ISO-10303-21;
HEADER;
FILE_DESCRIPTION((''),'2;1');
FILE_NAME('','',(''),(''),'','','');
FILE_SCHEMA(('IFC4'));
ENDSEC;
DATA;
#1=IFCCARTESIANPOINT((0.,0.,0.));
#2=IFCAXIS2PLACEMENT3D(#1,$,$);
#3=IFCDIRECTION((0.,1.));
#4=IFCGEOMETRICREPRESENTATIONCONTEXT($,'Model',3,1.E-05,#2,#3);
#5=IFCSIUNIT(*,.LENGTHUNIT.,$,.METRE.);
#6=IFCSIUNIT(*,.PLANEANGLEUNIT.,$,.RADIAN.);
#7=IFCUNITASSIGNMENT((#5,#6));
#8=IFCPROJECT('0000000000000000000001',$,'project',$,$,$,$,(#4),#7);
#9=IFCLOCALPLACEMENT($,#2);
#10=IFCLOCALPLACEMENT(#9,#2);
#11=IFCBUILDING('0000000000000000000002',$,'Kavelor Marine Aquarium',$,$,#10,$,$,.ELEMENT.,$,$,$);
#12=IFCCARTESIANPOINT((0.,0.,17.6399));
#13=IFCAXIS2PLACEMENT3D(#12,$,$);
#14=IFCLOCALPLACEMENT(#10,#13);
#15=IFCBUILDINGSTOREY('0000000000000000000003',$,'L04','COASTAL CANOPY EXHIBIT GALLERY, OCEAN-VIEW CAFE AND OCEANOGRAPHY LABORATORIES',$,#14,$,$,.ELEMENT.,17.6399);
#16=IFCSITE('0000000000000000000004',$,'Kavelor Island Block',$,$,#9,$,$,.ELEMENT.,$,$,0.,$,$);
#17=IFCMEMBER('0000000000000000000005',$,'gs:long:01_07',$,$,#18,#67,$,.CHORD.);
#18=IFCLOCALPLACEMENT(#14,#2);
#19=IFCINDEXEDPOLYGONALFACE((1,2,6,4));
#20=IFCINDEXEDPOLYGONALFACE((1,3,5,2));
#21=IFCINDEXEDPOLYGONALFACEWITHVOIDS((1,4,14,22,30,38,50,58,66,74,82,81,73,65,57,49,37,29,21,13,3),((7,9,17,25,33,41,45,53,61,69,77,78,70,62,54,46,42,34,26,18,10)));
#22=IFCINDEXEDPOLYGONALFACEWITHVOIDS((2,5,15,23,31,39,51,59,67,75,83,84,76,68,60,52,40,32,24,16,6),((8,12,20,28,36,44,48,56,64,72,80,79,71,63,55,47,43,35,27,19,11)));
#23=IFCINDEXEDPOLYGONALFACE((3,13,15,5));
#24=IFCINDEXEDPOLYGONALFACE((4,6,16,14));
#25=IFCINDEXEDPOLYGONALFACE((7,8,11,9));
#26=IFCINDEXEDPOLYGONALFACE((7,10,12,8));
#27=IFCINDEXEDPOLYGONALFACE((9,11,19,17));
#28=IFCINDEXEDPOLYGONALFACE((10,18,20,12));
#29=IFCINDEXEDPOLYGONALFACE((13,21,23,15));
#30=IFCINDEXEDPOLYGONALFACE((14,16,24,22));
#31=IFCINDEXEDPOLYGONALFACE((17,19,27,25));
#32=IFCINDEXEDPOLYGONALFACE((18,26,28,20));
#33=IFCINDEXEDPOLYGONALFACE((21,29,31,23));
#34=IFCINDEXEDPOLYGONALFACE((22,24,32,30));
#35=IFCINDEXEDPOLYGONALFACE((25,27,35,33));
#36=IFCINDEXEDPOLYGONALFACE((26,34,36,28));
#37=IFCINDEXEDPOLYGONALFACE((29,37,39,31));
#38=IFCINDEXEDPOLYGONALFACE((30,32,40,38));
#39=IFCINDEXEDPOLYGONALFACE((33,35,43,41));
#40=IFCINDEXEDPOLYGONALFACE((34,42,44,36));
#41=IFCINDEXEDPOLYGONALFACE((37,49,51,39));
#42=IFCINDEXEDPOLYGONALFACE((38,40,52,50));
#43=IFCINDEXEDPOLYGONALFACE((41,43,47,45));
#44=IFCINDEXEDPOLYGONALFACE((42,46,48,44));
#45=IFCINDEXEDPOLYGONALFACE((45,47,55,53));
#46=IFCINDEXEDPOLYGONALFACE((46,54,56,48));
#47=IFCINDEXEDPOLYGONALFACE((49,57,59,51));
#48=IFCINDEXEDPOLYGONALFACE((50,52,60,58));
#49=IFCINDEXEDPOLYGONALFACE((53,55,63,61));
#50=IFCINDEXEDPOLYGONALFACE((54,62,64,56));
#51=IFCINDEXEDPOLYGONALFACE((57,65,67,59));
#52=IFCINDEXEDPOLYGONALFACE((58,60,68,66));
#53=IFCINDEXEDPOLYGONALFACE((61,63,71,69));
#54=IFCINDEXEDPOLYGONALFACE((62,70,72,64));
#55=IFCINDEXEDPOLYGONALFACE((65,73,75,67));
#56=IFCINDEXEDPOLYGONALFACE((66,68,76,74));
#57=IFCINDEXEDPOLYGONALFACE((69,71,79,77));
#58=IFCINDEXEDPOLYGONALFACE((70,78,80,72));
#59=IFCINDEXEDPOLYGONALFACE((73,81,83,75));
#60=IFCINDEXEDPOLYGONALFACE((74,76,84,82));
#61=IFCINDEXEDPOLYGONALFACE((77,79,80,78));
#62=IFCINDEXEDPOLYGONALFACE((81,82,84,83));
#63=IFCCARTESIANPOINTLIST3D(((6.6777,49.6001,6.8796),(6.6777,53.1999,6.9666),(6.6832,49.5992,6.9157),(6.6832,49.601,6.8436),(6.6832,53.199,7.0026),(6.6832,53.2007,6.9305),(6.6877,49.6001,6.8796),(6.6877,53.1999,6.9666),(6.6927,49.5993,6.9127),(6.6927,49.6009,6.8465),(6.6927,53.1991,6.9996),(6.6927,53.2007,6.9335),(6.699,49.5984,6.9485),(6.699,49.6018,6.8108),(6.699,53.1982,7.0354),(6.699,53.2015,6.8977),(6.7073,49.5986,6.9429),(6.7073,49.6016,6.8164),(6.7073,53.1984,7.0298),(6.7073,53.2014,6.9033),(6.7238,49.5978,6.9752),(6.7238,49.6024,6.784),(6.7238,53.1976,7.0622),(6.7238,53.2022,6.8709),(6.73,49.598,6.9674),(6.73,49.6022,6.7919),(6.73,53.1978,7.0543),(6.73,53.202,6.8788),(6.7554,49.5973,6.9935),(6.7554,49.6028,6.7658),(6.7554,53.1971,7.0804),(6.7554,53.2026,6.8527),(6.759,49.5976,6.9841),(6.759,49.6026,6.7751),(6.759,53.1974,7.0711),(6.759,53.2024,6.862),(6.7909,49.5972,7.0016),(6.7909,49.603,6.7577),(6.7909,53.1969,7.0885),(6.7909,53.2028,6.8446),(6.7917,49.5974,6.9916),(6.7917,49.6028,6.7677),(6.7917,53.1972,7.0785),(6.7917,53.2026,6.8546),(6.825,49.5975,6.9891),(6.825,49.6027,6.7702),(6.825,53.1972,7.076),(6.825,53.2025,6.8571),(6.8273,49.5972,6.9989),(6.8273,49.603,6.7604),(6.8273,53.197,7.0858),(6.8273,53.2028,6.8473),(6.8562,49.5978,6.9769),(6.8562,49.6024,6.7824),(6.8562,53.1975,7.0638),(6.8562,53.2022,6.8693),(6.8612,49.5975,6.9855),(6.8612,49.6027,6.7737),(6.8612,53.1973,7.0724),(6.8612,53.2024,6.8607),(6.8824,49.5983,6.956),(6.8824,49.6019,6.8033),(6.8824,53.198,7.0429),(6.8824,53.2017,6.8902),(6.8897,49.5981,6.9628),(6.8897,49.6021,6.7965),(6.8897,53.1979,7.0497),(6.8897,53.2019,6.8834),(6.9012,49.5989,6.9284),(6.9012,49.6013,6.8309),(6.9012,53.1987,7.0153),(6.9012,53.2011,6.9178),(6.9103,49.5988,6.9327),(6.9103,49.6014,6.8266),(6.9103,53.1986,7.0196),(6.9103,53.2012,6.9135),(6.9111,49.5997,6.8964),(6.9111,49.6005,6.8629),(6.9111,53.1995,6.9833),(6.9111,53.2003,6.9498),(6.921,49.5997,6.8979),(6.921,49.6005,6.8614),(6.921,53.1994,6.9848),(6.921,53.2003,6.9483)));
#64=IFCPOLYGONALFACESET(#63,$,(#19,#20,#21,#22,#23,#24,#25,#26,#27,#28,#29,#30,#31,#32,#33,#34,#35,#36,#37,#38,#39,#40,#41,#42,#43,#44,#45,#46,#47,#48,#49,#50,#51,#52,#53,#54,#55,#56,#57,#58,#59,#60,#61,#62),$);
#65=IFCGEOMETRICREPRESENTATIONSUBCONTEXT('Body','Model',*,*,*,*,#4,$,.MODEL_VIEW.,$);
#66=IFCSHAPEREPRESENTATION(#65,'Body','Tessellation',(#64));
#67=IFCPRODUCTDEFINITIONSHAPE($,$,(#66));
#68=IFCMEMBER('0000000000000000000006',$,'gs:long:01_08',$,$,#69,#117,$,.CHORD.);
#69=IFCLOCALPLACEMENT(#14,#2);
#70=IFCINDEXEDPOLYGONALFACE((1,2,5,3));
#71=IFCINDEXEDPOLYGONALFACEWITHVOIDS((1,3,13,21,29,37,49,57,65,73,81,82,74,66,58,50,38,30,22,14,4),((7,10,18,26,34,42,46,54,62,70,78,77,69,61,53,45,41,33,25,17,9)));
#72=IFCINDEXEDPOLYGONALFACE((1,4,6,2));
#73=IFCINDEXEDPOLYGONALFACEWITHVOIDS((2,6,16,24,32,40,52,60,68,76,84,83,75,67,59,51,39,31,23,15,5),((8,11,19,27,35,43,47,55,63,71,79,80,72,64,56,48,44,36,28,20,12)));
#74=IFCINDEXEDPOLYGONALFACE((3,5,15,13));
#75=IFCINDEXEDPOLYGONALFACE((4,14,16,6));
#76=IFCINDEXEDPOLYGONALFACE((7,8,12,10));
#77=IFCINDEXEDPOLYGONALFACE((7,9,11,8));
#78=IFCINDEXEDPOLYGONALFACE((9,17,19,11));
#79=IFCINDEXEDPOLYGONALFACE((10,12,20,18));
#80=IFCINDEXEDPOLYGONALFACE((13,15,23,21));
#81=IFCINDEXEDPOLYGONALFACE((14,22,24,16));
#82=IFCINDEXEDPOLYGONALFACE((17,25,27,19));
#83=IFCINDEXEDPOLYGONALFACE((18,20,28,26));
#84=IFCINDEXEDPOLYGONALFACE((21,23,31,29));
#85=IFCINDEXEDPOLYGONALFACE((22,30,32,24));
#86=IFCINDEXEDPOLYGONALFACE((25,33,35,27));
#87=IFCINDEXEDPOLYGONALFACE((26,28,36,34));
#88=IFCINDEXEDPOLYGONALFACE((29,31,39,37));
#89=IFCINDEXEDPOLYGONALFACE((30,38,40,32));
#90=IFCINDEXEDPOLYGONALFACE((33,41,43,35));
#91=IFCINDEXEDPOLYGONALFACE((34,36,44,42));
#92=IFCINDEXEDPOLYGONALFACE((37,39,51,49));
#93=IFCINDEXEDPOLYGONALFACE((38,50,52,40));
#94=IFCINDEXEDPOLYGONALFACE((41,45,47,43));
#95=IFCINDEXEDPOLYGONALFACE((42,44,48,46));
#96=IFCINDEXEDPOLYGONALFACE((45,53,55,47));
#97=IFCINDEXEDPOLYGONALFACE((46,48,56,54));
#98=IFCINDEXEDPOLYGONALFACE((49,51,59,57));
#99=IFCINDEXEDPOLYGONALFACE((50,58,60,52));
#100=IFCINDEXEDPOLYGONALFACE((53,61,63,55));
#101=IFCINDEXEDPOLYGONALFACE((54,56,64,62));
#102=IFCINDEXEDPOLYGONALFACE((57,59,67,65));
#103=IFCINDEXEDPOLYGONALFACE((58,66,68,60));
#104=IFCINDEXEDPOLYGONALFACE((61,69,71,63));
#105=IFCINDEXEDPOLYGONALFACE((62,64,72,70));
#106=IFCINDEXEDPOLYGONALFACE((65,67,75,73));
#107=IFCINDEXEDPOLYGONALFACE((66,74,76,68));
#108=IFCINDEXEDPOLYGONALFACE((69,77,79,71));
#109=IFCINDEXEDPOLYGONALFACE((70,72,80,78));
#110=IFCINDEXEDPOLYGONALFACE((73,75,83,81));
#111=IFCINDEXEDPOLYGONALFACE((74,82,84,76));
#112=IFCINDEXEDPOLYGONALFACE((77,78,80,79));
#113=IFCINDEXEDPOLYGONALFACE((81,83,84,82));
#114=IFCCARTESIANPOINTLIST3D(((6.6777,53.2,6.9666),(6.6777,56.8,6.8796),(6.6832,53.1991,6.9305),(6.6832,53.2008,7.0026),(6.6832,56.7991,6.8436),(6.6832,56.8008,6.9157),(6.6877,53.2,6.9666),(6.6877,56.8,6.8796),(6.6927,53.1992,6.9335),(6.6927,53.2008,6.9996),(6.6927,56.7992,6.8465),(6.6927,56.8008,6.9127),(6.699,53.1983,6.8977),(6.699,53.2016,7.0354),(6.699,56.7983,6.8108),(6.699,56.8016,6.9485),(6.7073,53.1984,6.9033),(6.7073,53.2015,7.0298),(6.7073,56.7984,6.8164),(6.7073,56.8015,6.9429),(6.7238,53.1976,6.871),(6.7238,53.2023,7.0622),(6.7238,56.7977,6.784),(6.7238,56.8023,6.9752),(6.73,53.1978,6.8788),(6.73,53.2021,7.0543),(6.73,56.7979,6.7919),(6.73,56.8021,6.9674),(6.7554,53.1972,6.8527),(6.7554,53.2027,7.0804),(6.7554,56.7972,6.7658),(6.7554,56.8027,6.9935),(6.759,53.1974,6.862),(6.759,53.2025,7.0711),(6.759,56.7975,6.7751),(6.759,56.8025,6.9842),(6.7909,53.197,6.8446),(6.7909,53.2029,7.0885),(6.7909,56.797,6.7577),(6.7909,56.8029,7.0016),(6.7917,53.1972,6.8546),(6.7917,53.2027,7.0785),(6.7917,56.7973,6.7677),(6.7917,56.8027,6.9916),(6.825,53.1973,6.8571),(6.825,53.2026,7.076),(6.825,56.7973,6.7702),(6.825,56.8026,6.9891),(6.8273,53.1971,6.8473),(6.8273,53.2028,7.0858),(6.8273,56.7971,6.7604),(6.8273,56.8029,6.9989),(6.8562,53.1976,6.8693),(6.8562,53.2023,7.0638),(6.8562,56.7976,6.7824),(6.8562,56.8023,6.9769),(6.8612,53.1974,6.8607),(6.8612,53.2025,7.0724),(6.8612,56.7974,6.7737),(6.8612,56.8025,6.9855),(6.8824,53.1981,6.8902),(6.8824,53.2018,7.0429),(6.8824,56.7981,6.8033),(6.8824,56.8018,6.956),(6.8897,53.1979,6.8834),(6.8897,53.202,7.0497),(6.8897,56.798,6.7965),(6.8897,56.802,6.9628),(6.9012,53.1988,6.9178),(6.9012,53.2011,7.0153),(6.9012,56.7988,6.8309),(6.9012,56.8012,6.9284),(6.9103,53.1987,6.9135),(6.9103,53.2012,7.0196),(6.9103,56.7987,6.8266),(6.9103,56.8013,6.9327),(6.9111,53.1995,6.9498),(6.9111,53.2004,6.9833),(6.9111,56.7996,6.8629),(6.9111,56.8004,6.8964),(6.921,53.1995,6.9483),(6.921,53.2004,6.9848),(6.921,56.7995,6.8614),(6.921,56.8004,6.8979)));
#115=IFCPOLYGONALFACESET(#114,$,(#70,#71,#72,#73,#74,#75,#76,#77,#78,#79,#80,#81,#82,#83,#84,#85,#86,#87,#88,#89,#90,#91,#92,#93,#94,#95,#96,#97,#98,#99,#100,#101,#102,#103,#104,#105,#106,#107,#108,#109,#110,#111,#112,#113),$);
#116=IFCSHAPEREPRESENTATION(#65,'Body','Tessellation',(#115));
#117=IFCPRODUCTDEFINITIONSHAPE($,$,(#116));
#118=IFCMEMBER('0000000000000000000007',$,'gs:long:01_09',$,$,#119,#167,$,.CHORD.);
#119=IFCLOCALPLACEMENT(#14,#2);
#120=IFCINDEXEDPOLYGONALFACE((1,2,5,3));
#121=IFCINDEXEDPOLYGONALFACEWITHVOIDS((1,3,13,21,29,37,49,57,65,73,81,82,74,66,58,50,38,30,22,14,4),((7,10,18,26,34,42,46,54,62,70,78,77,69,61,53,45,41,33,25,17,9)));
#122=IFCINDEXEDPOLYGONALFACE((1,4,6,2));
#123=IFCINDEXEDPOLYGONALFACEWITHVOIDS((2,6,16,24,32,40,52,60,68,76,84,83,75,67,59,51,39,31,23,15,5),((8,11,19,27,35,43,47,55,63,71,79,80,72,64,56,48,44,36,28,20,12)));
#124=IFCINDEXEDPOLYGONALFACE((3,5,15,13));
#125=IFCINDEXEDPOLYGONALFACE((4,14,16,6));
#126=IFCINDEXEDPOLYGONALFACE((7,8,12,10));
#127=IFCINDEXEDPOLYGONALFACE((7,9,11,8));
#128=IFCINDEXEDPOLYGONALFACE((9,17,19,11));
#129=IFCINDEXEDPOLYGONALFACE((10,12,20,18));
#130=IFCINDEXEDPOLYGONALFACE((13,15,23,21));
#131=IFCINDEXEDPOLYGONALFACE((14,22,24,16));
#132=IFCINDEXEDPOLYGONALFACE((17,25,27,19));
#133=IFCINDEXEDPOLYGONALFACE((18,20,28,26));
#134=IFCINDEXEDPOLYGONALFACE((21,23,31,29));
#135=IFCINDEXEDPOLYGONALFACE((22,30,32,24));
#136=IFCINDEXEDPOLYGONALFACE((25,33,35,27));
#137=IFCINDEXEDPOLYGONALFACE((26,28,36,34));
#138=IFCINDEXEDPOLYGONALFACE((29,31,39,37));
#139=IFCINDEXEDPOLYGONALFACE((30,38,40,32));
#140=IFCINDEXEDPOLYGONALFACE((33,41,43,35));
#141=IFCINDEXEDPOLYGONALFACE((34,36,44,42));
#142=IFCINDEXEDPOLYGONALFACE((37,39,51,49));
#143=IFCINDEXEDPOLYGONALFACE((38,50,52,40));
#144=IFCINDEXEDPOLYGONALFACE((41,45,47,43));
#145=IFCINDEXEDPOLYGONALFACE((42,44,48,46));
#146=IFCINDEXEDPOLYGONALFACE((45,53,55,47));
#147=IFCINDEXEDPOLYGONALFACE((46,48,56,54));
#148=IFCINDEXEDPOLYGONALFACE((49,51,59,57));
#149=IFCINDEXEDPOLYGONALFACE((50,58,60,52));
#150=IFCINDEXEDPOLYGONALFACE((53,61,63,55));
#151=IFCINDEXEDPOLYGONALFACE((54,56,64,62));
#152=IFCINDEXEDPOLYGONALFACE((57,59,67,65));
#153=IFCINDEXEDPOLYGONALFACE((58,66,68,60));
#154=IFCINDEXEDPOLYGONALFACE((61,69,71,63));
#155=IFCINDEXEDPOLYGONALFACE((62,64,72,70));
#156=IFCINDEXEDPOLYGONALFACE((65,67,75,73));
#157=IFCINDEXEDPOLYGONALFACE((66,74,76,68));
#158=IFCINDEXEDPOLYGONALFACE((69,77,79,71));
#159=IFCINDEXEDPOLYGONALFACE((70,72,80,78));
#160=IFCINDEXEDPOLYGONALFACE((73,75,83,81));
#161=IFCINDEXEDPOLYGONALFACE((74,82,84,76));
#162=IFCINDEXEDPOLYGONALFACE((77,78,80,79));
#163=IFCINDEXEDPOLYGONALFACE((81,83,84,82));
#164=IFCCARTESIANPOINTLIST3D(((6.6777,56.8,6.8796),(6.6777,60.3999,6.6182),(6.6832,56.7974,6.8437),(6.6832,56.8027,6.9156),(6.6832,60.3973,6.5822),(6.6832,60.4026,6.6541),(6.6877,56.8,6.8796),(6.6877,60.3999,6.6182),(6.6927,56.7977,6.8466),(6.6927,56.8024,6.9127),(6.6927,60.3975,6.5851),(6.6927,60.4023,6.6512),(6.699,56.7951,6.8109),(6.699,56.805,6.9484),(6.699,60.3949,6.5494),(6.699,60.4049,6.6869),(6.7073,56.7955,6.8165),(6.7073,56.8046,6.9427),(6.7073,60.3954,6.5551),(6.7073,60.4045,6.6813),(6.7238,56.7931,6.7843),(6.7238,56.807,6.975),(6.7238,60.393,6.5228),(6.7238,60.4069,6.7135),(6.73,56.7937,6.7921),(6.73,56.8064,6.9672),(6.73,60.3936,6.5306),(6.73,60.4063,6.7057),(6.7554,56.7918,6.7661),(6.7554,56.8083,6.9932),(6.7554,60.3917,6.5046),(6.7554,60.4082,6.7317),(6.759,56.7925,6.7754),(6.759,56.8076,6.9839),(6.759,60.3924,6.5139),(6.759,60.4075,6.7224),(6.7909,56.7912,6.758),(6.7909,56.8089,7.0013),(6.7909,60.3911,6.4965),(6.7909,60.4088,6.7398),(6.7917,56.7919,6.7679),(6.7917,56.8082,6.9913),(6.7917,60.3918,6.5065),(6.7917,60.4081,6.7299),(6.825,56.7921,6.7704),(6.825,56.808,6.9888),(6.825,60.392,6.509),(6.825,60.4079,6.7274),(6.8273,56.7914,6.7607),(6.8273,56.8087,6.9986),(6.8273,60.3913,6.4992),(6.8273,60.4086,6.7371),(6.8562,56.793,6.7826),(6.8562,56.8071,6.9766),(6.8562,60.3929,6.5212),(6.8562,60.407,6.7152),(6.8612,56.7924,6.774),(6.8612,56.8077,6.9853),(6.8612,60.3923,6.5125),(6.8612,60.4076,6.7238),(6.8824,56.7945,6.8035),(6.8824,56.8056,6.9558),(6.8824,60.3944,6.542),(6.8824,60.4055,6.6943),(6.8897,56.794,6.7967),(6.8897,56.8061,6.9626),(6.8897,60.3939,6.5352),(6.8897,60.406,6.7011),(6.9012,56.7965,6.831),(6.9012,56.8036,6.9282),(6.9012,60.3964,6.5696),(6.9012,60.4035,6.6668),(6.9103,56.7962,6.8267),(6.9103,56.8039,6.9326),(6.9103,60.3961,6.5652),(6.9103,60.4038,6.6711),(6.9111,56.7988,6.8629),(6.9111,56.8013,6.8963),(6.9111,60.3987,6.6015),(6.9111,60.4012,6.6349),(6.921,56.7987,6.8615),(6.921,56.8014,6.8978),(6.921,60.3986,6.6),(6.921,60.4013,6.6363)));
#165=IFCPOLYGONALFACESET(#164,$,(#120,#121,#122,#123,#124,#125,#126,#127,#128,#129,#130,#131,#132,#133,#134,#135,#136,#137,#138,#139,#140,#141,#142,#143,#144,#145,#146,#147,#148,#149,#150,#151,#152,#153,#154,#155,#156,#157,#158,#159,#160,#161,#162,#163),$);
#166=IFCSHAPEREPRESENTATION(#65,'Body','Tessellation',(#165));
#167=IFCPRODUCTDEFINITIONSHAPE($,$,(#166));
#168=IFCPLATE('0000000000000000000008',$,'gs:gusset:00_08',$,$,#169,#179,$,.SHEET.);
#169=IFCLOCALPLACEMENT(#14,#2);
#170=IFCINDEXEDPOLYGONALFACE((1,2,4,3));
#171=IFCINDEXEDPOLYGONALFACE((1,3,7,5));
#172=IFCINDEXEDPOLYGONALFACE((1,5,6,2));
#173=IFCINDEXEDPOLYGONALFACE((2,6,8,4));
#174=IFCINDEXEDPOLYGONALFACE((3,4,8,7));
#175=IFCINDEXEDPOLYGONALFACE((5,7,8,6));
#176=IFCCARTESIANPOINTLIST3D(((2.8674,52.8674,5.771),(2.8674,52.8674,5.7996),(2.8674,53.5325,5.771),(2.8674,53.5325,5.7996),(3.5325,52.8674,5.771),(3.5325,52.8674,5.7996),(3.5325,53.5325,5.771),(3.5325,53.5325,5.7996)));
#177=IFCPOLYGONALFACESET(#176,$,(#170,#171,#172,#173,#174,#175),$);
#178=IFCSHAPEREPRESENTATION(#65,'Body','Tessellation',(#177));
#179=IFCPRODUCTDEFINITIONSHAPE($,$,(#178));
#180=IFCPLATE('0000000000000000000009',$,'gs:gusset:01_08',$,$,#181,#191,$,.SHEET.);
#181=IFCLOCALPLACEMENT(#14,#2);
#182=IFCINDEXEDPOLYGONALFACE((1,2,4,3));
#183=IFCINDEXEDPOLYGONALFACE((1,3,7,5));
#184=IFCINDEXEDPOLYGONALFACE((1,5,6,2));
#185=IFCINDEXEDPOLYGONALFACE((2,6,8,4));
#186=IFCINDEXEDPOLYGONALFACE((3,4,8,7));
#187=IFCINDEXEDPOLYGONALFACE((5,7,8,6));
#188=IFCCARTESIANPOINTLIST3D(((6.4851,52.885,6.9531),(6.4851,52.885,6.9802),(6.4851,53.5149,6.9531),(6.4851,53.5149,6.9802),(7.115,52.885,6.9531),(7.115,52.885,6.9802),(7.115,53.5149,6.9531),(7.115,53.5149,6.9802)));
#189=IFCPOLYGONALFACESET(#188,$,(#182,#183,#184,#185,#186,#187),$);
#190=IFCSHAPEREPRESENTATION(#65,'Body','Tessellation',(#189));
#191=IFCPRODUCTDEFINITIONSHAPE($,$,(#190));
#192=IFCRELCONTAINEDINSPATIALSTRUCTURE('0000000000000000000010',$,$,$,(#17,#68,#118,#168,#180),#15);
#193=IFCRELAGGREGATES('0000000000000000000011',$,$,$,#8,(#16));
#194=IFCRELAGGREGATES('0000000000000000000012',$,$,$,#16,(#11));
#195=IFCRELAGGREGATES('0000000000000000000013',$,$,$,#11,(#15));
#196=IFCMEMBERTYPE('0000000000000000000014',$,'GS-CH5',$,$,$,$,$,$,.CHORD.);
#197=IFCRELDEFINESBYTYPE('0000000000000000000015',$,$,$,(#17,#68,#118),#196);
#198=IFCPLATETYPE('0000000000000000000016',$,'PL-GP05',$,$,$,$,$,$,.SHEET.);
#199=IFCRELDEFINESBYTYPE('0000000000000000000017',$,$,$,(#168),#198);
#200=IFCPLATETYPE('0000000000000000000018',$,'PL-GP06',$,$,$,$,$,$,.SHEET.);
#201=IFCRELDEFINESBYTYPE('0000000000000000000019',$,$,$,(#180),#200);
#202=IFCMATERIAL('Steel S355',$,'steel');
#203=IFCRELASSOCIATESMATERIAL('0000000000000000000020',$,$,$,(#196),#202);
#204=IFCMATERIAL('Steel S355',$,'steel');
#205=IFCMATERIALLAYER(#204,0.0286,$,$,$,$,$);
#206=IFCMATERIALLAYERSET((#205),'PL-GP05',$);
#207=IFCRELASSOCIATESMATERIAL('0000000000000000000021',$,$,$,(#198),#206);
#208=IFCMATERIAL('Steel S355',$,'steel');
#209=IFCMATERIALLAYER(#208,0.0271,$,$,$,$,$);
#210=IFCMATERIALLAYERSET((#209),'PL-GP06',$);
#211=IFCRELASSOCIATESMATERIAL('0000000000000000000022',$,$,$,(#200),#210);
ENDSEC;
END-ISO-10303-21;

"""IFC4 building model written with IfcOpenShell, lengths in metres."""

from ifc_helpers import new_model, si_unit, direction, frame, origin, origin_2d, place, context, subcontext, project, spatial, rectangle, hollow_circle, extrude, material, layer, layer_set, material_profile, profile_set, type_object, element, save


model = new_model("IFC4")

# Units and contexts
model_context = context("Model", 3, precision=1e-05, world=origin(), true_north=direction((0.0, 1.0)))
body_context = subcontext(model_context, "Body", "Model", "MODEL_VIEW")
ifc_project = project(units=[si_unit("LENGTHUNIT", "METRE"), si_unit("PLANEANGLEUNIT", "RADIAN")], contexts=[model_context])

# Site, building, storey
site_placement = place(None, origin())
site = spatial("IfcSite", under=ifc_project, at=site_placement, Name="Kavelor Island Block", CompositionType="ELEMENT", RefElevation=0.0)
building_placement = place(site_placement, origin())
building = spatial("IfcBuilding", under=site, at=building_placement, Name="Kavelor Marine Aquarium", CompositionType="ELEMENT")
storey_placement = place(building_placement, frame((0.0, 0.0, 17.6399)))
storey = spatial("IfcBuildingStorey", under=building, at=storey_placement, Name="L04", Description="COASTAL CANOPY EXHIBIT GALLERY, OCEAN-VIEW CAFE AND OCEANOGRAPHY LABORATORIES", CompositionType="ELEMENT", Elevation=17.6399)

# Members
ifc_material_1 = material(Name="Steel S355", Category="steel")
ifc_material_profile_1 = material_profile(ifc_material_1, hollow_circle(Radius=0.1223, WallThickness=0.01, at=origin_2d()), Name="CHS 244.5x10.0")
ifc_profile_set_1 = profile_set([ifc_material_profile_1], Name="Steel S355")
member_type_1 = type_object("IfcMemberType", Name="GS-CH5", PredefinedType="CHORD", material=ifc_profile_set_1)
member_1_placement = place(storey_placement, frame((6.8, 49.6001, 6.8796), z_axis=(0.0, 0.999709, 0.024137), x_axis=(-1.0, 0.0, 0.0)))
element("IfcMember", 1, at=member_1_placement, inside=storey, type_object=member_type_1, Name="gs:long:01_07", PredefinedType="CHORD", context=body_context, shape_type="SweptSolid", body=[
    extrude(hollow_circle(Radius=0.1223, WallThickness=0.01, at=origin_2d()), origin(), (0.0, 0.0, 1.0), 3.6008),
])
member_2_placement = place(storey_placement, frame((6.8, 53.2, 6.9666), z_axis=(0.0, 0.999709, -0.024135), x_axis=(-1.0, 0.0, 0.0)))
element("IfcMember", 2, at=member_2_placement, inside=storey, type_object=member_type_1, Name="gs:long:01_08", PredefinedType="CHORD", context=body_context, shape_type="SweptSolid", body=[
    extrude(hollow_circle(Radius=0.1223, WallThickness=0.01, at=origin_2d()), origin(), (0.0, 0.0, 1.0), 3.6011),
])
member_3_placement = place(storey_placement, frame((6.8, 56.8, 6.8796), z_axis=(0.0, 0.997372, -0.072444), x_axis=(-1.0, 0.0, 0.0)))
element("IfcMember", 3, at=member_3_placement, inside=storey, type_object=member_type_1, Name="gs:long:01_09", PredefinedType="CHORD", context=body_context, shape_type="SweptSolid", body=[
    extrude(hollow_circle(Radius=0.1223, WallThickness=0.01, at=origin_2d()), origin(), (0.0, 0.0, 1.0), 3.6094),
])

# Plates
ifc_material_2 = material(Name="Steel S355", Category="steel")
ifc_layer_1 = layer(ifc_material_2, 0.0286)
ifc_layer_set_1 = layer_set([ifc_layer_1], Name="PL-GP05")
plate_type_1 = type_object("IfcPlateType", Name="PL-GP05", PredefinedType="SHEET", material=ifc_layer_set_1)
plate_1_placement = place(storey_placement, frame((3.2, 53.2, 5.771), z_axis=(0.0, 0.0, 1.0), x_axis=(1.0, 0.0, 0.0)))
element("IfcPlate", 4, at=plate_1_placement, inside=storey, type_object=plate_type_1, Name="gs:gusset:00_08", PredefinedType="SHEET", context=body_context, shape_type="SweptSolid", body=[
    extrude(rectangle(XDim=0.665, YDim=0.665, at=origin_2d()), origin(), (0.0, 0.0, 1.0), 0.0286),
])
ifc_material_3 = material(Name="Steel S355", Category="steel")
ifc_layer_2 = layer(ifc_material_3, 0.0271)
ifc_layer_set_2 = layer_set([ifc_layer_2], Name="PL-GP06")
plate_type_2 = type_object("IfcPlateType", Name="PL-GP06", PredefinedType="SHEET", material=ifc_layer_set_2)
plate_2_placement = place(storey_placement, frame((6.8, 53.2, 6.9531), z_axis=(0.0, 0.0, 1.0), x_axis=(1.0, 0.0, 0.0)))
element("IfcPlate", 5, at=plate_2_placement, inside=storey, type_object=plate_type_2, Name="gs:gusset:01_08", PredefinedType="SHEET", context=body_context, shape_type="SweptSolid", body=[
    extrude(rectangle(XDim=0.6299, YDim=0.6299, at=origin_2d()), origin(), (0.0, 0.0, 1.0), 0.0271),
])

save(model, "model.ifc")
